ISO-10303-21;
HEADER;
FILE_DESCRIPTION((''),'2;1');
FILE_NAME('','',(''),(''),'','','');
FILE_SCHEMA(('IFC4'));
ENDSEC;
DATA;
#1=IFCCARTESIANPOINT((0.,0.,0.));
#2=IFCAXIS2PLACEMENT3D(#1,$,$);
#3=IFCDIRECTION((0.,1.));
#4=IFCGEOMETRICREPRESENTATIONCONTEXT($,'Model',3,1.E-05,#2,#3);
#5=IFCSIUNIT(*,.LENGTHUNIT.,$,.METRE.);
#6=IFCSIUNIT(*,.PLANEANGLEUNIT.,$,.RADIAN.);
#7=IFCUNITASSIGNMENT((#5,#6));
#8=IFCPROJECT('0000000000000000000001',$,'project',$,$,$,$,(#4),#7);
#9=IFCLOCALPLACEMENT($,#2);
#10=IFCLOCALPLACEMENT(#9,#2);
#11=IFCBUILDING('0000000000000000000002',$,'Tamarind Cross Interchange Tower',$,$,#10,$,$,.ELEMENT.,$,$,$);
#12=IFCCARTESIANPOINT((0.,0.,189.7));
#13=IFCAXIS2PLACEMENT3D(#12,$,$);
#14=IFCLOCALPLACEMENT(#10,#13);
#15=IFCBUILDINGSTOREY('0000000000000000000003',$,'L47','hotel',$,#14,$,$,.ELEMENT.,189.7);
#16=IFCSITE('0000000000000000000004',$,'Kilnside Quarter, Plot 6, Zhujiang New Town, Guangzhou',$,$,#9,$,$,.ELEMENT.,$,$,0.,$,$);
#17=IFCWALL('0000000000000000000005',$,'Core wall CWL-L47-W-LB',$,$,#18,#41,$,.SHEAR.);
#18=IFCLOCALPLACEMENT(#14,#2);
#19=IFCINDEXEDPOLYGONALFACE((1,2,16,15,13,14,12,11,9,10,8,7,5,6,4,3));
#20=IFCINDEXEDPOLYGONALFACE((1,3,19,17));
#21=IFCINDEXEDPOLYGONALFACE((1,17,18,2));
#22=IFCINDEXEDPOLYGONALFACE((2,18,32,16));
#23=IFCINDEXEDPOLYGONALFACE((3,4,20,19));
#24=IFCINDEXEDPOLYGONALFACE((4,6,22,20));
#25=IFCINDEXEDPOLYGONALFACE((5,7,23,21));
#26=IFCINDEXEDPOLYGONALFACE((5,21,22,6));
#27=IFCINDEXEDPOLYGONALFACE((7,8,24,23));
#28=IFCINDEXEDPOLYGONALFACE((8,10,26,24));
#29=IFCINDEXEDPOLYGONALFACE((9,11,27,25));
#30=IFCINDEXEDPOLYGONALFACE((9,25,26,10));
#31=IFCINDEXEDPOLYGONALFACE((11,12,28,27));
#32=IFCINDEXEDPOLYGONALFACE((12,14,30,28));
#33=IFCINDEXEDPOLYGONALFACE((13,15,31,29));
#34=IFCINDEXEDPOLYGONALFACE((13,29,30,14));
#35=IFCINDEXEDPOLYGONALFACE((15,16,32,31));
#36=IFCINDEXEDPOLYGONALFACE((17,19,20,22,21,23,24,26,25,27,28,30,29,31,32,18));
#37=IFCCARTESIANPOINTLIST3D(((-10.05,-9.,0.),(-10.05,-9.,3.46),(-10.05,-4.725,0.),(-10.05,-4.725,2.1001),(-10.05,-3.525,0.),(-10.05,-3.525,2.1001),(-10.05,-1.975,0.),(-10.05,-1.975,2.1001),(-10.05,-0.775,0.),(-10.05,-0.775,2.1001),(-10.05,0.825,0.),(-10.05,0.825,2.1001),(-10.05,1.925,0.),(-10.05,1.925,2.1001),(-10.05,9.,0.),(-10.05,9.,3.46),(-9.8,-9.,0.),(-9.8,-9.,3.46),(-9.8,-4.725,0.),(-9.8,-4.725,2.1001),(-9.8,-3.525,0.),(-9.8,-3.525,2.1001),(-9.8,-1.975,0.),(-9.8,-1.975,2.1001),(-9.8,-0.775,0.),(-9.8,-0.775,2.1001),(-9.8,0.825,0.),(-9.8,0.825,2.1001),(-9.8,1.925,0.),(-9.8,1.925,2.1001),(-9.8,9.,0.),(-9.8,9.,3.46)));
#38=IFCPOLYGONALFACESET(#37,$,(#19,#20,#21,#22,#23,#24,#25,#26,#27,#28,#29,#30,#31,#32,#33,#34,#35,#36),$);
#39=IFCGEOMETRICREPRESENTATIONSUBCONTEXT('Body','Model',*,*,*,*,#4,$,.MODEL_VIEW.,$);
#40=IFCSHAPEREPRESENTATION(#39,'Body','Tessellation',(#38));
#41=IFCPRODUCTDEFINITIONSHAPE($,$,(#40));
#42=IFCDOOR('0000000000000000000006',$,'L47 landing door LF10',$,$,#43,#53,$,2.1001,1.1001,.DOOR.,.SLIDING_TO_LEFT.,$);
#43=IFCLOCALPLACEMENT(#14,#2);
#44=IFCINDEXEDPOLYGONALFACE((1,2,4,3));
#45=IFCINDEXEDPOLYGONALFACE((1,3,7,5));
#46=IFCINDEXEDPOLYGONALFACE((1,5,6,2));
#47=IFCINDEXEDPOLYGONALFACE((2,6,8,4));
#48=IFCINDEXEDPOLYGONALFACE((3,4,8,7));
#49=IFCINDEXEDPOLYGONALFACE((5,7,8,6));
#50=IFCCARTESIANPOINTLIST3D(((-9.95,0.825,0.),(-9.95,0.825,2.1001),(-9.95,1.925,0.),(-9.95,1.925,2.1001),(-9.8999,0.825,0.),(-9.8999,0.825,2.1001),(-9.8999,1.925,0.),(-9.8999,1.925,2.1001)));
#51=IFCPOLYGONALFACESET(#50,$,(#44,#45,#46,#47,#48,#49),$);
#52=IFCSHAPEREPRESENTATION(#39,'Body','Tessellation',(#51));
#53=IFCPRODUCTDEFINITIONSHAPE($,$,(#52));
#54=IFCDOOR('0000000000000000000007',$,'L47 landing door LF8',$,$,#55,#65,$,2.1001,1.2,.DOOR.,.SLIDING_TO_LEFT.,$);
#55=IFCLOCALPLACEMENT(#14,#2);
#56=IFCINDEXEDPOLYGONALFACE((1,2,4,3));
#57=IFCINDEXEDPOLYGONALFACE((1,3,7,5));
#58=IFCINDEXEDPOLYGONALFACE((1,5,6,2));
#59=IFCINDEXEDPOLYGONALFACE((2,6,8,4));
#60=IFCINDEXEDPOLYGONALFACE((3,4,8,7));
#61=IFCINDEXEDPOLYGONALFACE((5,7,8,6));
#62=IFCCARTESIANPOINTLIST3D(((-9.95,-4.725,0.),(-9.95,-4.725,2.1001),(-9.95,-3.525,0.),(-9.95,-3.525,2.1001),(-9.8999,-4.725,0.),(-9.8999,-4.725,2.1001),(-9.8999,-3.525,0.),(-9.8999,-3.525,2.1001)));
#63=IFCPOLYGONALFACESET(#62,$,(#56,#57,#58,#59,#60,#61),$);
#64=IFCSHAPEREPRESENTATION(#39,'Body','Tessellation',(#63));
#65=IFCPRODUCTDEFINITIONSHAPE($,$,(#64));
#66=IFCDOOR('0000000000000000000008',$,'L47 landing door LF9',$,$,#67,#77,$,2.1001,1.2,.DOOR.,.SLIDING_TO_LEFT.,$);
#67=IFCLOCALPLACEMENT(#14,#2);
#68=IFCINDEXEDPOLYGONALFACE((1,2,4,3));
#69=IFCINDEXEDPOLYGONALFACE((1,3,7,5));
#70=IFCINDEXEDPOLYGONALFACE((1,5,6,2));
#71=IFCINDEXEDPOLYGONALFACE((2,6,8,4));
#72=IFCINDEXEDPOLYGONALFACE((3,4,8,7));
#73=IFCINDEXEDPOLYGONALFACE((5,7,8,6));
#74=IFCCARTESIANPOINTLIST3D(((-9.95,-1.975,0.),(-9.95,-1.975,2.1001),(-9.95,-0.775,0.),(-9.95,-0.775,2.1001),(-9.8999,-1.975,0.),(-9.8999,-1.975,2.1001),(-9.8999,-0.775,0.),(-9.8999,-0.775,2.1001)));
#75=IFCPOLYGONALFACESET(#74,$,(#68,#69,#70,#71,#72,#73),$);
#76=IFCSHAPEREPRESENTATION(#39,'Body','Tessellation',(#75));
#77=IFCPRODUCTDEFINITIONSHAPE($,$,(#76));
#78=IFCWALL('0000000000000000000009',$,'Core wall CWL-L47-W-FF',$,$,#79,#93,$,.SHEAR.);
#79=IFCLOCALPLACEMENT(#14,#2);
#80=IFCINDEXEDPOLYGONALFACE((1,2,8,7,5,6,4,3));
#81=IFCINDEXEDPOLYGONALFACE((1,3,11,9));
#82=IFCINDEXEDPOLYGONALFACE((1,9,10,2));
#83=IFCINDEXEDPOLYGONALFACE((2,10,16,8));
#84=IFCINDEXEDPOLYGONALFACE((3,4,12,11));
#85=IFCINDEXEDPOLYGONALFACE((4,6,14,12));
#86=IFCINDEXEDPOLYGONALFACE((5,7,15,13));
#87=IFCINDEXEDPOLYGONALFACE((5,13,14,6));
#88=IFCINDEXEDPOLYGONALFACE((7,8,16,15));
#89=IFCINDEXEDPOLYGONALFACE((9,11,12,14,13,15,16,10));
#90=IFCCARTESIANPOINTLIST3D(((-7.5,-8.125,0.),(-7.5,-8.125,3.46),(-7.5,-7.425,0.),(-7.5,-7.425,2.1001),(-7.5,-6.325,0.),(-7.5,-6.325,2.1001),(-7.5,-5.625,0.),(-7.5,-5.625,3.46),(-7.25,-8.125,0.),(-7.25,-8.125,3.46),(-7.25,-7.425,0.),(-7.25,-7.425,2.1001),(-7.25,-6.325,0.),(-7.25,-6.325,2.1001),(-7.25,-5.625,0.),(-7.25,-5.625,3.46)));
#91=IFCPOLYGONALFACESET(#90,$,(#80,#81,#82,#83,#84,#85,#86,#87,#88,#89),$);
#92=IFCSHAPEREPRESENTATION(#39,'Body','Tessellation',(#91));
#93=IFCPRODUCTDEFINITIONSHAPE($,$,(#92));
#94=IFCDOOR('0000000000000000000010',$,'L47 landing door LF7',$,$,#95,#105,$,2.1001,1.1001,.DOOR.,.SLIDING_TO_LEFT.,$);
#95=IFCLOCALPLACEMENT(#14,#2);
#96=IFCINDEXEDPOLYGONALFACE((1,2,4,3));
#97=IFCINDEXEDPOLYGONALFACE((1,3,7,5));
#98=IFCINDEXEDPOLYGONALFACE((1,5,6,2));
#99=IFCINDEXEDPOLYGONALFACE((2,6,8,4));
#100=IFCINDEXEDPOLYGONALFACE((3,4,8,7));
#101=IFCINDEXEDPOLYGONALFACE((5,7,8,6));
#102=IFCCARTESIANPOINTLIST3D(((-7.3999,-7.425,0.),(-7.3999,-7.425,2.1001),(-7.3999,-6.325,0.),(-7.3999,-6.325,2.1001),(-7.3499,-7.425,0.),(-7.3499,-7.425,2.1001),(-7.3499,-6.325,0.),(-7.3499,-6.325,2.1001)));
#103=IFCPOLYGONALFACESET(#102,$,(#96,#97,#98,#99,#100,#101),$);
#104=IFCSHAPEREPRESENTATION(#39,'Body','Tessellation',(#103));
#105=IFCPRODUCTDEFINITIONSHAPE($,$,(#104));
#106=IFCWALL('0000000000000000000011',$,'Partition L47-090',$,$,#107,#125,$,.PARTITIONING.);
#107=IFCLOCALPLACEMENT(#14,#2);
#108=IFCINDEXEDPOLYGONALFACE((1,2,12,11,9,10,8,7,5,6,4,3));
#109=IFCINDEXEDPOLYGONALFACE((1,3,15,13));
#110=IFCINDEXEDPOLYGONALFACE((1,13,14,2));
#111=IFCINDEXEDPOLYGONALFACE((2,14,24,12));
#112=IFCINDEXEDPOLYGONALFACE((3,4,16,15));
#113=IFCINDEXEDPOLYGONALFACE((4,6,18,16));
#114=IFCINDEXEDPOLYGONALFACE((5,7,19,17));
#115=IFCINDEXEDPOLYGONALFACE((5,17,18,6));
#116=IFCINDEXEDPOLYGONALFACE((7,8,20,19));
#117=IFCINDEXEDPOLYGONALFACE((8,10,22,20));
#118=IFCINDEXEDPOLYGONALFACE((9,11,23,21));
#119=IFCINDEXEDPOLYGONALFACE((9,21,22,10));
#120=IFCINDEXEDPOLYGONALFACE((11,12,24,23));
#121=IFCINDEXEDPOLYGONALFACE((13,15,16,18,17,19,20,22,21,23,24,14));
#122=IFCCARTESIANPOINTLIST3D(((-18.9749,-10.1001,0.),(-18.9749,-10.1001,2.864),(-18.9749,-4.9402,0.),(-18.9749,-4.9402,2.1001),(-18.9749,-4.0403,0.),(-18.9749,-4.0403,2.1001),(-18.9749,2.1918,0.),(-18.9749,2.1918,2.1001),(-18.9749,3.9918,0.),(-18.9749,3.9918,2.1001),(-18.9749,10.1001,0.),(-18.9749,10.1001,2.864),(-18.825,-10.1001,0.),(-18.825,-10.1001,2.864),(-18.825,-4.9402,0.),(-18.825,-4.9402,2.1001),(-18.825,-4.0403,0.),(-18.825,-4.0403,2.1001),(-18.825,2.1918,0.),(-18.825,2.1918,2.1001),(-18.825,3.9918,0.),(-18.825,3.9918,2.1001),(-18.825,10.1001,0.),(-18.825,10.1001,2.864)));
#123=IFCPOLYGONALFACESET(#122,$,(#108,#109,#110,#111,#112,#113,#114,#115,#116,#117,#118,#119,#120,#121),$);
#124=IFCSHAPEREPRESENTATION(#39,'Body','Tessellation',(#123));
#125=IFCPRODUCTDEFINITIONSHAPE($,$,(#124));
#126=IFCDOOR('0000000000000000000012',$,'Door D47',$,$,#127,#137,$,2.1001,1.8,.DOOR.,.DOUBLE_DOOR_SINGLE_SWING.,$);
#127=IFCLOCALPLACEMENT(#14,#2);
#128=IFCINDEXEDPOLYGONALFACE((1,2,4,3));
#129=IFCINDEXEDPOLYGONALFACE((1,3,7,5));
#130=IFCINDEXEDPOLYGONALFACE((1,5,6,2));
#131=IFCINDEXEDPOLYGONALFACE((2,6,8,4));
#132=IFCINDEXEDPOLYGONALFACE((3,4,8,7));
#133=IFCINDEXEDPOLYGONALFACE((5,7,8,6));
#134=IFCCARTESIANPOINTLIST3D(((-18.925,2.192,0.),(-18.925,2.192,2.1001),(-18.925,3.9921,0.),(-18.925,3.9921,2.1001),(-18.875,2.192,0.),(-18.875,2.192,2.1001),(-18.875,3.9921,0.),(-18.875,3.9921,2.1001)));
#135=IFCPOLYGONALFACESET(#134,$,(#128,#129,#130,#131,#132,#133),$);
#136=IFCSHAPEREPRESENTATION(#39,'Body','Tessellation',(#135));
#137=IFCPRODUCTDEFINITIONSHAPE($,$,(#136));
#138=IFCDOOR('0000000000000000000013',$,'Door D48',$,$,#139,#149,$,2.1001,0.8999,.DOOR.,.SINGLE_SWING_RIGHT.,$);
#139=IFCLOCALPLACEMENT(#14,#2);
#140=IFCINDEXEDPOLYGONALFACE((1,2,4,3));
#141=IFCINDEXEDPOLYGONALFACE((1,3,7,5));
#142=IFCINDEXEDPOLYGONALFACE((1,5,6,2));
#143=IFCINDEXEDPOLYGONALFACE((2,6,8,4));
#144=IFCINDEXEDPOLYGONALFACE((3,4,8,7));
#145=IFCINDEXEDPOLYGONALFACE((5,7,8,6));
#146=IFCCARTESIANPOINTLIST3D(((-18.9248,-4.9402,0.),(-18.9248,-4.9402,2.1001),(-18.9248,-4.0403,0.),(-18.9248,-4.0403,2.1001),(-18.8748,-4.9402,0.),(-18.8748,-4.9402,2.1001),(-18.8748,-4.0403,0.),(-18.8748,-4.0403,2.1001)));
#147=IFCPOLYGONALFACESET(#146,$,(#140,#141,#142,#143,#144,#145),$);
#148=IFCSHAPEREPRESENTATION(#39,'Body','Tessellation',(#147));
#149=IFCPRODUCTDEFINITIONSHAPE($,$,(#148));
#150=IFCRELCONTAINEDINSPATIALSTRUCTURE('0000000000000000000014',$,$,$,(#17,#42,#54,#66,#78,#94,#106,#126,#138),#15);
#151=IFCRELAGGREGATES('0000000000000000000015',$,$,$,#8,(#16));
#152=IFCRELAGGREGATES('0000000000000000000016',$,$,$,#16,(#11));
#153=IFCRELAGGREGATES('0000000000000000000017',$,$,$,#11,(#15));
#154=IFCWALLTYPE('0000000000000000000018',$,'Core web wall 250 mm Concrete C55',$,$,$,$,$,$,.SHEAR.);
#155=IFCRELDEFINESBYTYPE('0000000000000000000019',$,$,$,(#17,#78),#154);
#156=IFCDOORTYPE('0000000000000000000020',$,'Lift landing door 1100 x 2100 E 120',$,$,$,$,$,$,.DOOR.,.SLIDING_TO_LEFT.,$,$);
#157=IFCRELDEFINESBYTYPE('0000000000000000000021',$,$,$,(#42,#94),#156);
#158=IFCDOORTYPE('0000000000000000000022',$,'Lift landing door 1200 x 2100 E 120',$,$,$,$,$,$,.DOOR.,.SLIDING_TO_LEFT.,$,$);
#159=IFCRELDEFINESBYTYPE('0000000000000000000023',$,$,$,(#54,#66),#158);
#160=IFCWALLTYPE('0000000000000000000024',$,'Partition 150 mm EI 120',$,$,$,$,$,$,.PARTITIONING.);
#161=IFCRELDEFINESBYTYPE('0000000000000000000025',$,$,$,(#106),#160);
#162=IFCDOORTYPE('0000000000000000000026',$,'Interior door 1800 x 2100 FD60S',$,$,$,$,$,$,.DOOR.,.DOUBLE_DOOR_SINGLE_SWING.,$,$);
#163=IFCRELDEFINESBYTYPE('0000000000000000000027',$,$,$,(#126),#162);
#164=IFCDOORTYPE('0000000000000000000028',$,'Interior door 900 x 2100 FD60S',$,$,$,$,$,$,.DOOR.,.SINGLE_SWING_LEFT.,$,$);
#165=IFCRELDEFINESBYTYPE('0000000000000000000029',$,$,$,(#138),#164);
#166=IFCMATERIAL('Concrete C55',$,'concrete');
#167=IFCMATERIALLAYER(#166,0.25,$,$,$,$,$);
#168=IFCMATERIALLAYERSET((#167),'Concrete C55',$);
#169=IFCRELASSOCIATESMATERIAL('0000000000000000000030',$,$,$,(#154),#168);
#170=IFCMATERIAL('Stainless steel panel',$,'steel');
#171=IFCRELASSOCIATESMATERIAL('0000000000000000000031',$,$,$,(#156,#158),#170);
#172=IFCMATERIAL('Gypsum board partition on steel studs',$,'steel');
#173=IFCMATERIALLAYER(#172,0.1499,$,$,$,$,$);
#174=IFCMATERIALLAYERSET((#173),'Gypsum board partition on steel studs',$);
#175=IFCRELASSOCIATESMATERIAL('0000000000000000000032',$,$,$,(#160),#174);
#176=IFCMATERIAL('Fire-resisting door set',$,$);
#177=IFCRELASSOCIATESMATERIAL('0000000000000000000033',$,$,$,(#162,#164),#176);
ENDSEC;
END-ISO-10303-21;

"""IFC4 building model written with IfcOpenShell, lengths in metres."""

from ifc_helpers import new_model, si_unit, direction, frame, frame_2d, origin, place, context, subcontext, project, spatial, rectangle, extrude, material, layer, layer_set, type_object, element, fill, save


model = new_model("IFC4")

# Units and contexts
model_context = context("Model", 3, precision=1e-05, world=origin(), true_north=direction((0.0, 1.0)))
body_context = subcontext(model_context, "Body", "Model", "MODEL_VIEW")
ifc_project = project(units=[si_unit("LENGTHUNIT", "METRE"), si_unit("PLANEANGLEUNIT", "RADIAN")], contexts=[model_context])

# Site, building, storey
site_placement = place(None, origin())
site = spatial("IfcSite", under=ifc_project, at=site_placement, Name="Kilnside Quarter, Plot 6, Zhujiang New Town, Guangzhou", CompositionType="ELEMENT", RefElevation=0.0)
building_placement = place(site_placement, origin())
building = spatial("IfcBuilding", under=site, at=building_placement, Name="Tamarind Cross Interchange Tower", CompositionType="ELEMENT")
storey_placement = place(building_placement, frame((0.0, 0.0, 189.7)))
storey = spatial("IfcBuildingStorey", under=building, at=storey_placement, Name="L47", Description="hotel", CompositionType="ELEMENT", Elevation=189.7)

# Shared definitions
ifc_material_1 = material(Name="Concrete C55", Category="concrete")

# Shared definitions
ifc_layer_1 = layer(ifc_material_1, 0.25)
ifc_layer_set_1 = layer_set([ifc_layer_1], Name="Concrete C55")
wall_type_1 = type_object("IfcWallType", Name="Core web wall 250 mm Concrete C55", PredefinedType="SHEAR", material=ifc_layer_set_1)

# Wall, openings, doors
ifc_material_2 = material(Name="Stainless steel panel", Category="steel")
wall_1_placement = place(storey_placement, frame((-9.925, -9.0, 0.0), z_axis=(0.0, 0.0, 1.0), x_axis=(0.0, 1.0, 0.0)))
wall_1 = element("IfcWall", 1, at=wall_1_placement, inside=storey, type_object=wall_type_1, Name="Core wall CWL-L47-W-LB", PredefinedType="SHEAR", context=body_context, shape_type="SweptSolid", body=[
    extrude(rectangle(XDim=18.0, YDim=0.25, at=frame_2d((9.0, 0.0))), origin(), (0.0, 0.0, 1.0), 3.46),
])
opening_1_placement = place(wall_1_placement, frame((4.2749, 0.0, 0.0)))
opening_1 = element("IfcOpeningElement", 2, at=opening_1_placement, cuts=wall_1, PredefinedType="OPENING", context=body_context, shape_type="SweptSolid", body=[
    extrude(rectangle(XDim=1.2, YDim=2.1001, at=frame_2d((0.6001, 1.05))), frame((0.0, 0.135, 0.0), z_axis=(0.0, -1.0, 0.0), x_axis=(1.0, 0.0, 0.0)), (0.0, 0.0, 1.0), 0.27),
])
opening_2_placement = place(wall_1_placement, frame((7.0249, 0.0, 0.0)))
opening_2 = element("IfcOpeningElement", 3, at=opening_2_placement, cuts=wall_1, PredefinedType="OPENING", context=body_context, shape_type="SweptSolid", body=[
    extrude(rectangle(XDim=1.2, YDim=2.1001, at=frame_2d((0.6001, 1.05))), frame((0.0, 0.135, 0.0), z_axis=(0.0, -1.0, 0.0), x_axis=(1.0, 0.0, 0.0)), (0.0, 0.0, 1.0), 0.27),
])
opening_3_placement = place(wall_1_placement, frame((9.825, 0.0, 0.0)))
opening_3 = element("IfcOpeningElement", 4, at=opening_3_placement, cuts=wall_1, PredefinedType="OPENING", context=body_context, shape_type="SweptSolid", body=[
    extrude(rectangle(XDim=1.1001, YDim=2.1001, at=frame_2d((0.55, 1.05))), frame((0.0, 0.135, 0.0), z_axis=(0.0, -1.0, 0.0), x_axis=(1.0, 0.0, 0.0)), (0.0, 0.0, 1.0), 0.27),
])
door_type_1 = type_object("IfcDoorType", Name="Lift landing door 1100 x 2100 E 120", OperationType="SLIDING_TO_LEFT", PredefinedType="DOOR", material=ifc_material_2)
door_1_placement = place(opening_3_placement, origin())
door_1 = element("IfcDoor", 5, at=door_1_placement, inside=storey, type_object=door_type_1, Name="L47 landing door LF10", OperationType="SLIDING_TO_LEFT", OverallHeight=2.1001, OverallWidth=1.1001, PredefinedType="DOOR", context=body_context, shape_type="SweptSolid", body=[
    extrude(rectangle(XDim=1.1001, YDim=2.1001, at=frame_2d((0.55, 1.05))), frame((0.0, 0.0249, 0.0), z_axis=(0.0, -1.0, 0.0), x_axis=(1.0, 0.0, 0.0)), (0.0, 0.0, 1.0), 0.05),
])
fill(opening_3, door_1)
door_type_2 = type_object("IfcDoorType", Name="Lift landing door 1200 x 2100 E 120", OperationType="SLIDING_TO_LEFT", PredefinedType="DOOR", material=ifc_material_2)
door_2_placement = place(opening_1_placement, origin())
door_2 = element("IfcDoor", 6, at=door_2_placement, inside=storey, type_object=door_type_2, Name="L47 landing door LF8", OperationType="SLIDING_TO_LEFT", OverallHeight=2.1001, OverallWidth=1.2, PredefinedType="DOOR", context=body_context, shape_type="SweptSolid", body=[
    extrude(rectangle(XDim=1.2, YDim=2.1001, at=frame_2d((0.6001, 1.05))), frame((0.0, 0.0249, 0.0), z_axis=(0.0, -1.0, 0.0), x_axis=(1.0, 0.0, 0.0)), (0.0, 0.0, 1.0), 0.05),
])
fill(opening_1, door_2)
door_3_placement = place(opening_2_placement, origin())
door_3 = element("IfcDoor", 7, at=door_3_placement, inside=storey, type_object=door_type_2, Name="L47 landing door LF9", OperationType="SLIDING_TO_LEFT", OverallHeight=2.1001, OverallWidth=1.2, PredefinedType="DOOR", context=body_context, shape_type="SweptSolid", body=[
    extrude(rectangle(XDim=1.2, YDim=2.1001, at=frame_2d((0.6001, 1.05))), frame((0.0, 0.0249, 0.0), z_axis=(0.0, -1.0, 0.0), x_axis=(1.0, 0.0, 0.0)), (0.0, 0.0, 1.0), 0.05),
])
fill(opening_2, door_3)

# Wall, opening, door
wall_2_placement = place(storey_placement, frame((-7.375, -8.125, 0.0), z_axis=(0.0, 0.0, 1.0), x_axis=(0.0, 1.0, 0.0)))
wall_2 = element("IfcWall", 8, at=wall_2_placement, inside=storey, type_object=wall_type_1, Name="Core wall CWL-L47-W-FF", PredefinedType="SHEAR", context=body_context, shape_type="SweptSolid", body=[
    extrude(rectangle(XDim=2.5, YDim=0.25, at=frame_2d((1.25, 0.0))), origin(), (0.0, 0.0, 1.0), 3.46),
])
opening_4_placement = place(wall_2_placement, frame((0.7, 0.0, 0.0)))
opening_4 = element("IfcOpeningElement", 9, at=opening_4_placement, cuts=wall_2, PredefinedType="OPENING", context=body_context, shape_type="SweptSolid", body=[
    extrude(rectangle(XDim=1.1001, YDim=2.1001, at=frame_2d((0.55, 1.05))), frame((0.0, 0.135, 0.0), z_axis=(0.0, -1.0, 0.0), x_axis=(1.0, 0.0, 0.0)), (0.0, 0.0, 1.0), 0.27),
])
door_4_placement = place(opening_4_placement, origin())
door_4 = element("IfcDoor", 10, at=door_4_placement, inside=storey, type_object=door_type_1, Name="L47 landing door LF7", OperationType="SLIDING_TO_LEFT", OverallHeight=2.1001, OverallWidth=1.1001, PredefinedType="DOOR", context=body_context, shape_type="SweptSolid", body=[
    extrude(rectangle(XDim=1.1001, YDim=2.1001, at=frame_2d((0.55, 1.05))), frame((0.0, 0.0249, 0.0), z_axis=(0.0, -1.0, 0.0), x_axis=(1.0, 0.0, 0.0)), (0.0, 0.0, 1.0), 0.05),
])
fill(opening_4, door_4)

# Wall, openings, doors
ifc_material_3 = material(Name="Gypsum board partition on steel studs", Category="steel")
ifc_layer_2 = layer(ifc_material_3, 0.1499)
ifc_layer_set_2 = layer_set([ifc_layer_2], Name="Gypsum board partition on steel studs")
wall_type_2 = type_object("IfcWallType", Name="Partition 150 mm EI 120", PredefinedType="PARTITIONING", material=ifc_layer_set_2)
wall_3_placement = place(storey_placement, frame((-18.8999, -10.1001, 0.0), z_axis=(0.0, 0.0, 1.0), x_axis=(0.0, 1.0, 0.0)))
wall_3 = element("IfcWall", 11, at=wall_3_placement, inside=storey, type_object=wall_type_2, Name="Partition L47-090", PredefinedType="PARTITIONING", context=body_context, shape_type="SweptSolid", body=[
    extrude(rectangle(XDim=20.2002, YDim=0.1499, at=frame_2d((10.1001, 0.0))), origin(), (0.0, 0.0, 1.0), 2.864),
])
opening_5_placement = place(wall_3_placement, frame((12.292, 0.0, 0.0)))
opening_5 = element("IfcOpeningElement", 12, at=opening_5_placement, cuts=wall_3, PredefinedType="OPENING", context=body_context, shape_type="SweptSolid", body=[
    extrude(rectangle(XDim=1.8, YDim=2.1001, at=frame_2d((0.8999, 1.05))), frame((0.0, 0.085, 0.0), z_axis=(0.0, -1.0, 0.0), x_axis=(1.0, 0.0, 0.0)), (0.0, 0.0, 1.0), 0.1699),
])
opening_6_placement = place(wall_3_placement, frame((5.1599, 0.0, 0.0)))
opening_6 = element("IfcOpeningElement", 13, at=opening_6_placement, cuts=wall_3, PredefinedType="OPENING", context=body_context, shape_type="SweptSolid", body=[
    extrude(rectangle(XDim=0.8999, YDim=2.1001, at=frame_2d((0.45, 1.05))), frame((0.0, 0.085, 0.0), z_axis=(0.0, -1.0, 0.0), x_axis=(1.0, 0.0, 0.0)), (0.0, 0.0, 1.0), 0.1699),
])
ifc_material_4 = material(Name="Fire-resisting door set")
door_type_3 = type_object("IfcDoorType", Name="Interior door 1800 x 2100 FD60S", OperationType="DOUBLE_DOOR_SINGLE_SWING", PredefinedType="DOOR", material=ifc_material_4)
door_5_placement = place(opening_5_placement, frame((1.8, 0.0, 0.0), z_axis=(0.0, 0.0, 1.0), x_axis=(-1.0, 0.0, 0.0)))
door_5 = element("IfcDoor", 14, at=door_5_placement, inside=storey, type_object=door_type_3, Name="Door D47", OperationType="DOUBLE_DOOR_SINGLE_SWING", OverallHeight=2.1001, OverallWidth=1.8, PredefinedType="DOOR", context=body_context, shape_type="SweptSolid", body=[
    extrude(rectangle(XDim=1.8, YDim=2.1001, at=frame_2d((0.8999, 1.05))), frame((0.0, 0.0249, 0.0), z_axis=(0.0, -1.0, 0.0), x_axis=(1.0, 0.0, 0.0)), (0.0, 0.0, 1.0), 0.05),
])
fill(opening_5, door_5)
door_type_4 = type_object("IfcDoorType", Name="Interior door 900 x 2100 FD60S", OperationType="SINGLE_SWING_LEFT", PredefinedType="DOOR", material=ifc_material_4)
door_6_placement = place(opening_6_placement, origin())
door_6 = element("IfcDoor", 15, at=door_6_placement, inside=storey, type_object=door_type_4, Name="Door D48", OperationType="SINGLE_SWING_RIGHT", OverallHeight=2.1001, OverallWidth=0.8999, PredefinedType="DOOR", context=body_context, shape_type="SweptSolid", body=[
    extrude(rectangle(XDim=0.8999, YDim=2.1001, at=frame_2d((0.45, 1.05))), frame((0.0, 0.0249, 0.0), z_axis=(0.0, -1.0, 0.0), x_axis=(1.0, 0.0, 0.0)), (0.0, 0.0, 1.0), 0.05),
])
fill(opening_6, door_6)

save(model, "model.ifc")
